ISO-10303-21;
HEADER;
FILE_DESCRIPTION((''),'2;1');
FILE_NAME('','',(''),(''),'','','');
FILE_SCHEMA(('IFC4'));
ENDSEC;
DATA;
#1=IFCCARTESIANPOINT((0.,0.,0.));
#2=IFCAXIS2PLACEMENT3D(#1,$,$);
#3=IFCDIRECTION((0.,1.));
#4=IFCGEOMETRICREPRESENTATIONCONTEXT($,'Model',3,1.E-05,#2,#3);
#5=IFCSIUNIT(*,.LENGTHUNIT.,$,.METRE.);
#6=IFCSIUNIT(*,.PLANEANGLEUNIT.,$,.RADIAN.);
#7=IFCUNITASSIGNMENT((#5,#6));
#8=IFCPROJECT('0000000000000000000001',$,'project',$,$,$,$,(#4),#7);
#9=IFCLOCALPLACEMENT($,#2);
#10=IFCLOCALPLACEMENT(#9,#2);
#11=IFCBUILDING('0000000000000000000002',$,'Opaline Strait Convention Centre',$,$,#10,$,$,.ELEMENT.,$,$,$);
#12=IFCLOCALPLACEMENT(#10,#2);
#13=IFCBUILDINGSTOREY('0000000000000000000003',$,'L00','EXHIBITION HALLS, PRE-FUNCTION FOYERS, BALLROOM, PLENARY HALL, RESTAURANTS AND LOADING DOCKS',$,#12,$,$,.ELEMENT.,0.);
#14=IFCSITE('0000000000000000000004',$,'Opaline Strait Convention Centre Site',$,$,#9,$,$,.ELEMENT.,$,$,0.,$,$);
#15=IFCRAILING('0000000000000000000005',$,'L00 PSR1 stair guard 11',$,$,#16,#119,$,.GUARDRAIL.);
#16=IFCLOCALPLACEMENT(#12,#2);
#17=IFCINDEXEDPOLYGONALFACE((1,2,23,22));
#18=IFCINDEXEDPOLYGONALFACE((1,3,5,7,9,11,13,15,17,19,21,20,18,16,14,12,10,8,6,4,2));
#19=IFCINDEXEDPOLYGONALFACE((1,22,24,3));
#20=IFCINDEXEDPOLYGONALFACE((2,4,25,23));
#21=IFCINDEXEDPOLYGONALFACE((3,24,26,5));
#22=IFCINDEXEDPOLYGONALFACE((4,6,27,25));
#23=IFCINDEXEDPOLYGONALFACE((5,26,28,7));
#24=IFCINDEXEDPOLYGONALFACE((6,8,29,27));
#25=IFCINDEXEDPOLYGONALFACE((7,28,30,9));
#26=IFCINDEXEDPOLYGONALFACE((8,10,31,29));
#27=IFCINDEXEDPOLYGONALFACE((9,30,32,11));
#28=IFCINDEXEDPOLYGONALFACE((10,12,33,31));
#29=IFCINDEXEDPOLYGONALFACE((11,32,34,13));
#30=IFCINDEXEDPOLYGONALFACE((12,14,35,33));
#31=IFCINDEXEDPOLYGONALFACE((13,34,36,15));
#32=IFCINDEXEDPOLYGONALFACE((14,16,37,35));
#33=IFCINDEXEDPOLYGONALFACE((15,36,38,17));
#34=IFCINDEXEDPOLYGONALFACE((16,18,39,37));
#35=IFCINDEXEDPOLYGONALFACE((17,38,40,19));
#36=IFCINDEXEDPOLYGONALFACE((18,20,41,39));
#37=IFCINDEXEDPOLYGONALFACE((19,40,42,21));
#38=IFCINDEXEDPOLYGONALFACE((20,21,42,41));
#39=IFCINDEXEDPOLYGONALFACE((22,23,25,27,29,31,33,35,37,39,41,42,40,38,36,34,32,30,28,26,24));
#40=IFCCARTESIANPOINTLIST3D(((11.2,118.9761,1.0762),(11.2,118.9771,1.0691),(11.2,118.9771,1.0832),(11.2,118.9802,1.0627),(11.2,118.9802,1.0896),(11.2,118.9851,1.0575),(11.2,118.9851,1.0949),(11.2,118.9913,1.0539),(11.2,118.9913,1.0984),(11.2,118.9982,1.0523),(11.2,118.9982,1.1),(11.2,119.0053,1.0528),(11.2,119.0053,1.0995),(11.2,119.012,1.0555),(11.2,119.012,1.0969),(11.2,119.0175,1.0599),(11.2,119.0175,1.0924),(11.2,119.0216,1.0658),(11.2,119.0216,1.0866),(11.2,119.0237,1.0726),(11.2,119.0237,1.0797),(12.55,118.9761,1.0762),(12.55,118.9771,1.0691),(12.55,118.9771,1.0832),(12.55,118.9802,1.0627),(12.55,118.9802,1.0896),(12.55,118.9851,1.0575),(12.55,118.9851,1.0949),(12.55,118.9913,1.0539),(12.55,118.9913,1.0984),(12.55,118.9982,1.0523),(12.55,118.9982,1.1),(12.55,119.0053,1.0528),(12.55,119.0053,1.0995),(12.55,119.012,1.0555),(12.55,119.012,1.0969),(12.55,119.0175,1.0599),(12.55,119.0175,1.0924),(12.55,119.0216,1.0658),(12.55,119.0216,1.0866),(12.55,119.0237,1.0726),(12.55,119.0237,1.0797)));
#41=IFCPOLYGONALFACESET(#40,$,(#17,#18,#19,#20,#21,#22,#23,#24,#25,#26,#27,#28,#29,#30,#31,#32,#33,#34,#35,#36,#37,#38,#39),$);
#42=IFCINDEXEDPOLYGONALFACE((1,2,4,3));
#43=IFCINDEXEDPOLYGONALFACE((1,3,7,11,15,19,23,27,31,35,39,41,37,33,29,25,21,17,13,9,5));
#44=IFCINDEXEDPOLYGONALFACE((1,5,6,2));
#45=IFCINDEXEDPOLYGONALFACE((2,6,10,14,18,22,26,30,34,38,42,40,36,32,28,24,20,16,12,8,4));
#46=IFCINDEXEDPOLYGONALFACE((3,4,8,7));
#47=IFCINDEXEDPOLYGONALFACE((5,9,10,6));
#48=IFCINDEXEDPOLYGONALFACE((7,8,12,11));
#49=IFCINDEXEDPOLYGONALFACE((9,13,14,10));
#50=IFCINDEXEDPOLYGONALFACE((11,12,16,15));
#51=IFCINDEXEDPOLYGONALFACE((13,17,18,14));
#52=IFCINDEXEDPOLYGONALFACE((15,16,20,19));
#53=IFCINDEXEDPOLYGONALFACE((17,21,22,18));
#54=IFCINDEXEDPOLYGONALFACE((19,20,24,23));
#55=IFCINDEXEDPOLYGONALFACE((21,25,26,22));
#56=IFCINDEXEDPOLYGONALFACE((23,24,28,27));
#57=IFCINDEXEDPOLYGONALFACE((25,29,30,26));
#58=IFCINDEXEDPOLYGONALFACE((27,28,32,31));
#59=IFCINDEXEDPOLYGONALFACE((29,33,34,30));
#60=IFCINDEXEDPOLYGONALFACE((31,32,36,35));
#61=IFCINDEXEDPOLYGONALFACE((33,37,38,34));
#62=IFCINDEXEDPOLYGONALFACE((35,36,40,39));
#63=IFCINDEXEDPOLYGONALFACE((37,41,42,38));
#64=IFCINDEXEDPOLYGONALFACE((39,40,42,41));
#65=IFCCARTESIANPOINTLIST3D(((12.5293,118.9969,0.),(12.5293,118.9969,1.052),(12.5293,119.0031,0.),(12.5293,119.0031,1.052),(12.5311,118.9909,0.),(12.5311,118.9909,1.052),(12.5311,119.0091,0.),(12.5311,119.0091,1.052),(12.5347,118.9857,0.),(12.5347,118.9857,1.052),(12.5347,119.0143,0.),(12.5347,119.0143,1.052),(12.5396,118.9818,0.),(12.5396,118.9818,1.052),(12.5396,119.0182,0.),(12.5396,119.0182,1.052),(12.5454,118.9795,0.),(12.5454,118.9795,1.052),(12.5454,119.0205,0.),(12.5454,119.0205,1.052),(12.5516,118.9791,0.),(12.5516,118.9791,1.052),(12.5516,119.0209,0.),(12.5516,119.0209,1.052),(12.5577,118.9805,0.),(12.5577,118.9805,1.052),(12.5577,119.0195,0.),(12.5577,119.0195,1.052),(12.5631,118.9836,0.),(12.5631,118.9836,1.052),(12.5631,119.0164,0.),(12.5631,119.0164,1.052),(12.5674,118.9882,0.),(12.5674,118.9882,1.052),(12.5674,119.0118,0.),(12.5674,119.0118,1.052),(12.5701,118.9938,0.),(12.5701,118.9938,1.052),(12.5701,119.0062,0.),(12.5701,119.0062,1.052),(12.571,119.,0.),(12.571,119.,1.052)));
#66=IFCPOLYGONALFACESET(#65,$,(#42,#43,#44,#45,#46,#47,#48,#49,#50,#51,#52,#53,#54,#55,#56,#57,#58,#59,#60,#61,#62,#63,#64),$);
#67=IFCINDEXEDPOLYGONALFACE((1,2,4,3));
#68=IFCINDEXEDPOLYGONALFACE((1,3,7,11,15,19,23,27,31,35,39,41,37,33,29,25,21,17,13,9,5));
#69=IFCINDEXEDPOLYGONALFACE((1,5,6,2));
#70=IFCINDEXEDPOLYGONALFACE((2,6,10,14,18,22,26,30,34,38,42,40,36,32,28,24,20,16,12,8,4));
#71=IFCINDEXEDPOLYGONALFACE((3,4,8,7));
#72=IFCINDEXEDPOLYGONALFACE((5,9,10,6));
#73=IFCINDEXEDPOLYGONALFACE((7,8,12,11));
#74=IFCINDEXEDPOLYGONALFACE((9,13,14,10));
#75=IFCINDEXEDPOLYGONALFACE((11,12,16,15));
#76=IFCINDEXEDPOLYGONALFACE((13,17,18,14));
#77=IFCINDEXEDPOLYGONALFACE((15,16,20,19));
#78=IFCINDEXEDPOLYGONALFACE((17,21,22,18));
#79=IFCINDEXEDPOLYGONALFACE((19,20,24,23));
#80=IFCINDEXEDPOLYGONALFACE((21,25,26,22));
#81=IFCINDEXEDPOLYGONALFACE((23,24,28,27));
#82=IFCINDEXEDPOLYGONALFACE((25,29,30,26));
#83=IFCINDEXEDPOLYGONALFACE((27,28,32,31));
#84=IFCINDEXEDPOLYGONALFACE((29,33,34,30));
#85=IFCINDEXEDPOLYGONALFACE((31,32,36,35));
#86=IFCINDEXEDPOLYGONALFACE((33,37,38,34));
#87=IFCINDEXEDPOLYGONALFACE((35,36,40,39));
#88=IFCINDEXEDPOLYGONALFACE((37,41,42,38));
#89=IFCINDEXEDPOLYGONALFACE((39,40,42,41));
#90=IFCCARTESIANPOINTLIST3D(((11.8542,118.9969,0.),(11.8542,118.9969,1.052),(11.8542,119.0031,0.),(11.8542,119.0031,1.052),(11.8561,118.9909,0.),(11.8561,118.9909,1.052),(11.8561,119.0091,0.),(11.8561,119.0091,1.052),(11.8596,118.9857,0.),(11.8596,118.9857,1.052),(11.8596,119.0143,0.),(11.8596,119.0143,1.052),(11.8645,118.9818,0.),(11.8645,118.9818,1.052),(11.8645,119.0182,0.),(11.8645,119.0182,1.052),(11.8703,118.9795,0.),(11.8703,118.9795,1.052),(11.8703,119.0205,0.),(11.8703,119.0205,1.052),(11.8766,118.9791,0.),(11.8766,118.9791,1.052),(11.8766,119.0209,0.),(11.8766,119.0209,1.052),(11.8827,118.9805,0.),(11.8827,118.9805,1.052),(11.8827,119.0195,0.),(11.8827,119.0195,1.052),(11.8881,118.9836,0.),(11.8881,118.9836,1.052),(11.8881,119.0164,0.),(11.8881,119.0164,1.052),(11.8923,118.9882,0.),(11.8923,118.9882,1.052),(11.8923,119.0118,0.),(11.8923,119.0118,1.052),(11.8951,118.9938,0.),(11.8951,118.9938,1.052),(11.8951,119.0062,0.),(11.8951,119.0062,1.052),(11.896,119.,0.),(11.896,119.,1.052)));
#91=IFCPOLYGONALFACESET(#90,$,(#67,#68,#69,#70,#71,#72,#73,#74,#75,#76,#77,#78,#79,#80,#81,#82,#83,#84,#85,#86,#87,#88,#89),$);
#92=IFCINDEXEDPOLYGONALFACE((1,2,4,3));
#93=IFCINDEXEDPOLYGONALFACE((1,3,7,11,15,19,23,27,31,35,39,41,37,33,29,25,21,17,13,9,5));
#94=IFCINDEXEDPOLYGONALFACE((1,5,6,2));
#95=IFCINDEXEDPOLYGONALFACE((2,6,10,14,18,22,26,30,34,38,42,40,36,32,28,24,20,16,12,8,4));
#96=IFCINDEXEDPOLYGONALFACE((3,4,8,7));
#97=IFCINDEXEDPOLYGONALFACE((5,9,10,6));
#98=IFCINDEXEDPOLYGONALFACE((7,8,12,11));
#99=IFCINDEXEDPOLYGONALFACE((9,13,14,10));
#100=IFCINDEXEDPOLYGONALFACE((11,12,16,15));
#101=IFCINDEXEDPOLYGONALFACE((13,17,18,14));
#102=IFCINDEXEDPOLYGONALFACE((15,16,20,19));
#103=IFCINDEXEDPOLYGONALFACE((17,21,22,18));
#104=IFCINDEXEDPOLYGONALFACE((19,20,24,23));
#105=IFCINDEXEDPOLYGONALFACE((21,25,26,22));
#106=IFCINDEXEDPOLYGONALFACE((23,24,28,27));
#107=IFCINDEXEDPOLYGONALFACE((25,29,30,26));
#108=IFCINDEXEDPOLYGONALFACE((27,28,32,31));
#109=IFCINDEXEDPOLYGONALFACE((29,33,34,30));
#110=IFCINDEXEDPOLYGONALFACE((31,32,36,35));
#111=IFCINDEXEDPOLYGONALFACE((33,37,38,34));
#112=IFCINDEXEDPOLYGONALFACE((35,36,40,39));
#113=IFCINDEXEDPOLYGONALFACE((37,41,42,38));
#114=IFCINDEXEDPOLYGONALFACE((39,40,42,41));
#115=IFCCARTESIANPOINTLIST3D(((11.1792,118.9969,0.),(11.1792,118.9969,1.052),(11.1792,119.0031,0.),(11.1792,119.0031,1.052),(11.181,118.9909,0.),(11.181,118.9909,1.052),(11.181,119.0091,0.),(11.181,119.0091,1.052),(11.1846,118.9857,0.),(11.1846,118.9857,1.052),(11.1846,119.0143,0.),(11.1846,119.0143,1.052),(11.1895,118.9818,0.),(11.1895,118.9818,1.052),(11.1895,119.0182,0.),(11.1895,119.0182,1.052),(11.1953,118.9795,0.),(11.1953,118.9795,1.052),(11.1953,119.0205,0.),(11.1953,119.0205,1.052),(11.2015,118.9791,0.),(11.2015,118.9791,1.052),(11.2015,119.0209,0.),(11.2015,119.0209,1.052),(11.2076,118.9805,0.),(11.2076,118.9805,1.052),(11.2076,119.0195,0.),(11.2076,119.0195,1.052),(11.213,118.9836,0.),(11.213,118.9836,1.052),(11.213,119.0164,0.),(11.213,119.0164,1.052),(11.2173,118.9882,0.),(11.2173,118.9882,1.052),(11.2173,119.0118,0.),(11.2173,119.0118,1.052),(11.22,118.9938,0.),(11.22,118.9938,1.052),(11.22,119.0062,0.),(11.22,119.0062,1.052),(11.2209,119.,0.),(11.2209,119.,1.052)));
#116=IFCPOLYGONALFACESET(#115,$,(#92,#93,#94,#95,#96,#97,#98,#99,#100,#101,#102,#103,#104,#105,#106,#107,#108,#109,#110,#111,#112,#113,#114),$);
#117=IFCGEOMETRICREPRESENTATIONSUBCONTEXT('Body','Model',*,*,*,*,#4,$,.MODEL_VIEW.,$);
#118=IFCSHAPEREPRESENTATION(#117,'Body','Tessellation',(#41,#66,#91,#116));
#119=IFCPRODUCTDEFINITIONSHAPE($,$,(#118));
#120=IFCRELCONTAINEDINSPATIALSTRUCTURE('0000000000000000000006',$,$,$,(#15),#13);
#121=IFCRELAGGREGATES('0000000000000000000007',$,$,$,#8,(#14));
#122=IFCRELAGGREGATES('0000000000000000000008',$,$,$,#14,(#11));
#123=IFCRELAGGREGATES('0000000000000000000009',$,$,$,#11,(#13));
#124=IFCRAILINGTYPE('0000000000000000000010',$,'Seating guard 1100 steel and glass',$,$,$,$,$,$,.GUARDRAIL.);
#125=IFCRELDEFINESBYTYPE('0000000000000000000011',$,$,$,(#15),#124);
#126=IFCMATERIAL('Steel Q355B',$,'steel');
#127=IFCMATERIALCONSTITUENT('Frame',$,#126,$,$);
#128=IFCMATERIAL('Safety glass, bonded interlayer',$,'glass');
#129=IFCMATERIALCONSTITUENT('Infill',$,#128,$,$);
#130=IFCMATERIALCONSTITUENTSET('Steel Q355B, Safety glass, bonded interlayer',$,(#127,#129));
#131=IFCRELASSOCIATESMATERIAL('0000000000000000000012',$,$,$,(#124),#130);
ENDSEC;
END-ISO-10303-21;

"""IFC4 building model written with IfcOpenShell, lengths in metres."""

from ifc_helpers import new_model, si_unit, direction, frame, origin, origin_2d, place, context, subcontext, project, spatial, circle, extrude, material, constituent, constituent_set, type_object, element, save


model = new_model("IFC4")

# Units and contexts
model_context = context("Model", 3, precision=1e-05, world=origin(), true_north=direction((0.0, 1.0)))
body_context = subcontext(model_context, "Body", "Model", "MODEL_VIEW")
ifc_project = project(units=[si_unit("LENGTHUNIT", "METRE"), si_unit("PLANEANGLEUNIT", "RADIAN")], contexts=[model_context])

# Site, building, storey
site_placement = place(None, origin())
site = spatial("IfcSite", under=ifc_project, at=site_placement, Name="Opaline Strait Convention Centre Site", CompositionType="ELEMENT", RefElevation=0.0)
building_placement = place(site_placement, origin())
building = spatial("IfcBuilding", under=site, at=building_placement, Name="Opaline Strait Convention Centre", CompositionType="ELEMENT")
storey_placement = place(building_placement, origin())
storey = spatial("IfcBuildingStorey", under=building, at=storey_placement, Name="L00", Description="EXHIBITION HALLS, PRE-FUNCTION FOYERS, BALLROOM, PLENARY HALL, RESTAURANTS AND LOADING DOCKS", CompositionType="ELEMENT", Elevation=0.0)

# Railing
ifc_material_1 = material(Name="Steel Q355B", Category="steel")
ifc_constituent_1 = constituent(ifc_material_1, Name="Frame")
ifc_material_2 = material(Name="Safety glass, bonded interlayer", Category="glass")
ifc_constituent_2 = constituent(ifc_material_2, Name="Infill")
ifc_constituent_set = constituent_set(constituents=[ifc_constituent_1, ifc_constituent_2], Name="Steel Q355B, Safety glass, bonded interlayer")
railing_type_1 = type_object("IfcRailingType", Name="Seating guard 1100 steel and glass", PredefinedType="GUARDRAIL", material=ifc_constituent_set)
railing_1_placement = place(storey_placement, frame((12.55, 119.0, 0.0)))
element("IfcRailing", 1, at=railing_1_placement, inside=storey, type_object=railing_type_1, Name="L00 PSR1 stair guard 11", PredefinedType="GUARDRAIL", context=body_context, shape_type="SweptSolid", body=[
    extrude(circle(Radius=0.0239, at=origin_2d()), frame((0.0, 0.0, 1.0762), z_axis=(-1.0, 0.0, 0.0), x_axis=(0.0, -1.0, 0.0)), (0.0, 0.0, 1.0), 1.3501),
    extrude(circle(Radius=0.021, at=origin_2d()), origin(), (0.0, 0.0, 1.0), 1.052),
    extrude(circle(Radius=0.021, at=origin_2d()), frame((-0.675, 0.0, 0.0)), (0.0, 0.0, 1.0), 1.052),
    extrude(circle(Radius=0.021, at=origin_2d()), frame((-1.3501, 0.0, 0.0)), (0.0, 0.0, 1.0), 1.052),
])

save(model, "model.ifc")
